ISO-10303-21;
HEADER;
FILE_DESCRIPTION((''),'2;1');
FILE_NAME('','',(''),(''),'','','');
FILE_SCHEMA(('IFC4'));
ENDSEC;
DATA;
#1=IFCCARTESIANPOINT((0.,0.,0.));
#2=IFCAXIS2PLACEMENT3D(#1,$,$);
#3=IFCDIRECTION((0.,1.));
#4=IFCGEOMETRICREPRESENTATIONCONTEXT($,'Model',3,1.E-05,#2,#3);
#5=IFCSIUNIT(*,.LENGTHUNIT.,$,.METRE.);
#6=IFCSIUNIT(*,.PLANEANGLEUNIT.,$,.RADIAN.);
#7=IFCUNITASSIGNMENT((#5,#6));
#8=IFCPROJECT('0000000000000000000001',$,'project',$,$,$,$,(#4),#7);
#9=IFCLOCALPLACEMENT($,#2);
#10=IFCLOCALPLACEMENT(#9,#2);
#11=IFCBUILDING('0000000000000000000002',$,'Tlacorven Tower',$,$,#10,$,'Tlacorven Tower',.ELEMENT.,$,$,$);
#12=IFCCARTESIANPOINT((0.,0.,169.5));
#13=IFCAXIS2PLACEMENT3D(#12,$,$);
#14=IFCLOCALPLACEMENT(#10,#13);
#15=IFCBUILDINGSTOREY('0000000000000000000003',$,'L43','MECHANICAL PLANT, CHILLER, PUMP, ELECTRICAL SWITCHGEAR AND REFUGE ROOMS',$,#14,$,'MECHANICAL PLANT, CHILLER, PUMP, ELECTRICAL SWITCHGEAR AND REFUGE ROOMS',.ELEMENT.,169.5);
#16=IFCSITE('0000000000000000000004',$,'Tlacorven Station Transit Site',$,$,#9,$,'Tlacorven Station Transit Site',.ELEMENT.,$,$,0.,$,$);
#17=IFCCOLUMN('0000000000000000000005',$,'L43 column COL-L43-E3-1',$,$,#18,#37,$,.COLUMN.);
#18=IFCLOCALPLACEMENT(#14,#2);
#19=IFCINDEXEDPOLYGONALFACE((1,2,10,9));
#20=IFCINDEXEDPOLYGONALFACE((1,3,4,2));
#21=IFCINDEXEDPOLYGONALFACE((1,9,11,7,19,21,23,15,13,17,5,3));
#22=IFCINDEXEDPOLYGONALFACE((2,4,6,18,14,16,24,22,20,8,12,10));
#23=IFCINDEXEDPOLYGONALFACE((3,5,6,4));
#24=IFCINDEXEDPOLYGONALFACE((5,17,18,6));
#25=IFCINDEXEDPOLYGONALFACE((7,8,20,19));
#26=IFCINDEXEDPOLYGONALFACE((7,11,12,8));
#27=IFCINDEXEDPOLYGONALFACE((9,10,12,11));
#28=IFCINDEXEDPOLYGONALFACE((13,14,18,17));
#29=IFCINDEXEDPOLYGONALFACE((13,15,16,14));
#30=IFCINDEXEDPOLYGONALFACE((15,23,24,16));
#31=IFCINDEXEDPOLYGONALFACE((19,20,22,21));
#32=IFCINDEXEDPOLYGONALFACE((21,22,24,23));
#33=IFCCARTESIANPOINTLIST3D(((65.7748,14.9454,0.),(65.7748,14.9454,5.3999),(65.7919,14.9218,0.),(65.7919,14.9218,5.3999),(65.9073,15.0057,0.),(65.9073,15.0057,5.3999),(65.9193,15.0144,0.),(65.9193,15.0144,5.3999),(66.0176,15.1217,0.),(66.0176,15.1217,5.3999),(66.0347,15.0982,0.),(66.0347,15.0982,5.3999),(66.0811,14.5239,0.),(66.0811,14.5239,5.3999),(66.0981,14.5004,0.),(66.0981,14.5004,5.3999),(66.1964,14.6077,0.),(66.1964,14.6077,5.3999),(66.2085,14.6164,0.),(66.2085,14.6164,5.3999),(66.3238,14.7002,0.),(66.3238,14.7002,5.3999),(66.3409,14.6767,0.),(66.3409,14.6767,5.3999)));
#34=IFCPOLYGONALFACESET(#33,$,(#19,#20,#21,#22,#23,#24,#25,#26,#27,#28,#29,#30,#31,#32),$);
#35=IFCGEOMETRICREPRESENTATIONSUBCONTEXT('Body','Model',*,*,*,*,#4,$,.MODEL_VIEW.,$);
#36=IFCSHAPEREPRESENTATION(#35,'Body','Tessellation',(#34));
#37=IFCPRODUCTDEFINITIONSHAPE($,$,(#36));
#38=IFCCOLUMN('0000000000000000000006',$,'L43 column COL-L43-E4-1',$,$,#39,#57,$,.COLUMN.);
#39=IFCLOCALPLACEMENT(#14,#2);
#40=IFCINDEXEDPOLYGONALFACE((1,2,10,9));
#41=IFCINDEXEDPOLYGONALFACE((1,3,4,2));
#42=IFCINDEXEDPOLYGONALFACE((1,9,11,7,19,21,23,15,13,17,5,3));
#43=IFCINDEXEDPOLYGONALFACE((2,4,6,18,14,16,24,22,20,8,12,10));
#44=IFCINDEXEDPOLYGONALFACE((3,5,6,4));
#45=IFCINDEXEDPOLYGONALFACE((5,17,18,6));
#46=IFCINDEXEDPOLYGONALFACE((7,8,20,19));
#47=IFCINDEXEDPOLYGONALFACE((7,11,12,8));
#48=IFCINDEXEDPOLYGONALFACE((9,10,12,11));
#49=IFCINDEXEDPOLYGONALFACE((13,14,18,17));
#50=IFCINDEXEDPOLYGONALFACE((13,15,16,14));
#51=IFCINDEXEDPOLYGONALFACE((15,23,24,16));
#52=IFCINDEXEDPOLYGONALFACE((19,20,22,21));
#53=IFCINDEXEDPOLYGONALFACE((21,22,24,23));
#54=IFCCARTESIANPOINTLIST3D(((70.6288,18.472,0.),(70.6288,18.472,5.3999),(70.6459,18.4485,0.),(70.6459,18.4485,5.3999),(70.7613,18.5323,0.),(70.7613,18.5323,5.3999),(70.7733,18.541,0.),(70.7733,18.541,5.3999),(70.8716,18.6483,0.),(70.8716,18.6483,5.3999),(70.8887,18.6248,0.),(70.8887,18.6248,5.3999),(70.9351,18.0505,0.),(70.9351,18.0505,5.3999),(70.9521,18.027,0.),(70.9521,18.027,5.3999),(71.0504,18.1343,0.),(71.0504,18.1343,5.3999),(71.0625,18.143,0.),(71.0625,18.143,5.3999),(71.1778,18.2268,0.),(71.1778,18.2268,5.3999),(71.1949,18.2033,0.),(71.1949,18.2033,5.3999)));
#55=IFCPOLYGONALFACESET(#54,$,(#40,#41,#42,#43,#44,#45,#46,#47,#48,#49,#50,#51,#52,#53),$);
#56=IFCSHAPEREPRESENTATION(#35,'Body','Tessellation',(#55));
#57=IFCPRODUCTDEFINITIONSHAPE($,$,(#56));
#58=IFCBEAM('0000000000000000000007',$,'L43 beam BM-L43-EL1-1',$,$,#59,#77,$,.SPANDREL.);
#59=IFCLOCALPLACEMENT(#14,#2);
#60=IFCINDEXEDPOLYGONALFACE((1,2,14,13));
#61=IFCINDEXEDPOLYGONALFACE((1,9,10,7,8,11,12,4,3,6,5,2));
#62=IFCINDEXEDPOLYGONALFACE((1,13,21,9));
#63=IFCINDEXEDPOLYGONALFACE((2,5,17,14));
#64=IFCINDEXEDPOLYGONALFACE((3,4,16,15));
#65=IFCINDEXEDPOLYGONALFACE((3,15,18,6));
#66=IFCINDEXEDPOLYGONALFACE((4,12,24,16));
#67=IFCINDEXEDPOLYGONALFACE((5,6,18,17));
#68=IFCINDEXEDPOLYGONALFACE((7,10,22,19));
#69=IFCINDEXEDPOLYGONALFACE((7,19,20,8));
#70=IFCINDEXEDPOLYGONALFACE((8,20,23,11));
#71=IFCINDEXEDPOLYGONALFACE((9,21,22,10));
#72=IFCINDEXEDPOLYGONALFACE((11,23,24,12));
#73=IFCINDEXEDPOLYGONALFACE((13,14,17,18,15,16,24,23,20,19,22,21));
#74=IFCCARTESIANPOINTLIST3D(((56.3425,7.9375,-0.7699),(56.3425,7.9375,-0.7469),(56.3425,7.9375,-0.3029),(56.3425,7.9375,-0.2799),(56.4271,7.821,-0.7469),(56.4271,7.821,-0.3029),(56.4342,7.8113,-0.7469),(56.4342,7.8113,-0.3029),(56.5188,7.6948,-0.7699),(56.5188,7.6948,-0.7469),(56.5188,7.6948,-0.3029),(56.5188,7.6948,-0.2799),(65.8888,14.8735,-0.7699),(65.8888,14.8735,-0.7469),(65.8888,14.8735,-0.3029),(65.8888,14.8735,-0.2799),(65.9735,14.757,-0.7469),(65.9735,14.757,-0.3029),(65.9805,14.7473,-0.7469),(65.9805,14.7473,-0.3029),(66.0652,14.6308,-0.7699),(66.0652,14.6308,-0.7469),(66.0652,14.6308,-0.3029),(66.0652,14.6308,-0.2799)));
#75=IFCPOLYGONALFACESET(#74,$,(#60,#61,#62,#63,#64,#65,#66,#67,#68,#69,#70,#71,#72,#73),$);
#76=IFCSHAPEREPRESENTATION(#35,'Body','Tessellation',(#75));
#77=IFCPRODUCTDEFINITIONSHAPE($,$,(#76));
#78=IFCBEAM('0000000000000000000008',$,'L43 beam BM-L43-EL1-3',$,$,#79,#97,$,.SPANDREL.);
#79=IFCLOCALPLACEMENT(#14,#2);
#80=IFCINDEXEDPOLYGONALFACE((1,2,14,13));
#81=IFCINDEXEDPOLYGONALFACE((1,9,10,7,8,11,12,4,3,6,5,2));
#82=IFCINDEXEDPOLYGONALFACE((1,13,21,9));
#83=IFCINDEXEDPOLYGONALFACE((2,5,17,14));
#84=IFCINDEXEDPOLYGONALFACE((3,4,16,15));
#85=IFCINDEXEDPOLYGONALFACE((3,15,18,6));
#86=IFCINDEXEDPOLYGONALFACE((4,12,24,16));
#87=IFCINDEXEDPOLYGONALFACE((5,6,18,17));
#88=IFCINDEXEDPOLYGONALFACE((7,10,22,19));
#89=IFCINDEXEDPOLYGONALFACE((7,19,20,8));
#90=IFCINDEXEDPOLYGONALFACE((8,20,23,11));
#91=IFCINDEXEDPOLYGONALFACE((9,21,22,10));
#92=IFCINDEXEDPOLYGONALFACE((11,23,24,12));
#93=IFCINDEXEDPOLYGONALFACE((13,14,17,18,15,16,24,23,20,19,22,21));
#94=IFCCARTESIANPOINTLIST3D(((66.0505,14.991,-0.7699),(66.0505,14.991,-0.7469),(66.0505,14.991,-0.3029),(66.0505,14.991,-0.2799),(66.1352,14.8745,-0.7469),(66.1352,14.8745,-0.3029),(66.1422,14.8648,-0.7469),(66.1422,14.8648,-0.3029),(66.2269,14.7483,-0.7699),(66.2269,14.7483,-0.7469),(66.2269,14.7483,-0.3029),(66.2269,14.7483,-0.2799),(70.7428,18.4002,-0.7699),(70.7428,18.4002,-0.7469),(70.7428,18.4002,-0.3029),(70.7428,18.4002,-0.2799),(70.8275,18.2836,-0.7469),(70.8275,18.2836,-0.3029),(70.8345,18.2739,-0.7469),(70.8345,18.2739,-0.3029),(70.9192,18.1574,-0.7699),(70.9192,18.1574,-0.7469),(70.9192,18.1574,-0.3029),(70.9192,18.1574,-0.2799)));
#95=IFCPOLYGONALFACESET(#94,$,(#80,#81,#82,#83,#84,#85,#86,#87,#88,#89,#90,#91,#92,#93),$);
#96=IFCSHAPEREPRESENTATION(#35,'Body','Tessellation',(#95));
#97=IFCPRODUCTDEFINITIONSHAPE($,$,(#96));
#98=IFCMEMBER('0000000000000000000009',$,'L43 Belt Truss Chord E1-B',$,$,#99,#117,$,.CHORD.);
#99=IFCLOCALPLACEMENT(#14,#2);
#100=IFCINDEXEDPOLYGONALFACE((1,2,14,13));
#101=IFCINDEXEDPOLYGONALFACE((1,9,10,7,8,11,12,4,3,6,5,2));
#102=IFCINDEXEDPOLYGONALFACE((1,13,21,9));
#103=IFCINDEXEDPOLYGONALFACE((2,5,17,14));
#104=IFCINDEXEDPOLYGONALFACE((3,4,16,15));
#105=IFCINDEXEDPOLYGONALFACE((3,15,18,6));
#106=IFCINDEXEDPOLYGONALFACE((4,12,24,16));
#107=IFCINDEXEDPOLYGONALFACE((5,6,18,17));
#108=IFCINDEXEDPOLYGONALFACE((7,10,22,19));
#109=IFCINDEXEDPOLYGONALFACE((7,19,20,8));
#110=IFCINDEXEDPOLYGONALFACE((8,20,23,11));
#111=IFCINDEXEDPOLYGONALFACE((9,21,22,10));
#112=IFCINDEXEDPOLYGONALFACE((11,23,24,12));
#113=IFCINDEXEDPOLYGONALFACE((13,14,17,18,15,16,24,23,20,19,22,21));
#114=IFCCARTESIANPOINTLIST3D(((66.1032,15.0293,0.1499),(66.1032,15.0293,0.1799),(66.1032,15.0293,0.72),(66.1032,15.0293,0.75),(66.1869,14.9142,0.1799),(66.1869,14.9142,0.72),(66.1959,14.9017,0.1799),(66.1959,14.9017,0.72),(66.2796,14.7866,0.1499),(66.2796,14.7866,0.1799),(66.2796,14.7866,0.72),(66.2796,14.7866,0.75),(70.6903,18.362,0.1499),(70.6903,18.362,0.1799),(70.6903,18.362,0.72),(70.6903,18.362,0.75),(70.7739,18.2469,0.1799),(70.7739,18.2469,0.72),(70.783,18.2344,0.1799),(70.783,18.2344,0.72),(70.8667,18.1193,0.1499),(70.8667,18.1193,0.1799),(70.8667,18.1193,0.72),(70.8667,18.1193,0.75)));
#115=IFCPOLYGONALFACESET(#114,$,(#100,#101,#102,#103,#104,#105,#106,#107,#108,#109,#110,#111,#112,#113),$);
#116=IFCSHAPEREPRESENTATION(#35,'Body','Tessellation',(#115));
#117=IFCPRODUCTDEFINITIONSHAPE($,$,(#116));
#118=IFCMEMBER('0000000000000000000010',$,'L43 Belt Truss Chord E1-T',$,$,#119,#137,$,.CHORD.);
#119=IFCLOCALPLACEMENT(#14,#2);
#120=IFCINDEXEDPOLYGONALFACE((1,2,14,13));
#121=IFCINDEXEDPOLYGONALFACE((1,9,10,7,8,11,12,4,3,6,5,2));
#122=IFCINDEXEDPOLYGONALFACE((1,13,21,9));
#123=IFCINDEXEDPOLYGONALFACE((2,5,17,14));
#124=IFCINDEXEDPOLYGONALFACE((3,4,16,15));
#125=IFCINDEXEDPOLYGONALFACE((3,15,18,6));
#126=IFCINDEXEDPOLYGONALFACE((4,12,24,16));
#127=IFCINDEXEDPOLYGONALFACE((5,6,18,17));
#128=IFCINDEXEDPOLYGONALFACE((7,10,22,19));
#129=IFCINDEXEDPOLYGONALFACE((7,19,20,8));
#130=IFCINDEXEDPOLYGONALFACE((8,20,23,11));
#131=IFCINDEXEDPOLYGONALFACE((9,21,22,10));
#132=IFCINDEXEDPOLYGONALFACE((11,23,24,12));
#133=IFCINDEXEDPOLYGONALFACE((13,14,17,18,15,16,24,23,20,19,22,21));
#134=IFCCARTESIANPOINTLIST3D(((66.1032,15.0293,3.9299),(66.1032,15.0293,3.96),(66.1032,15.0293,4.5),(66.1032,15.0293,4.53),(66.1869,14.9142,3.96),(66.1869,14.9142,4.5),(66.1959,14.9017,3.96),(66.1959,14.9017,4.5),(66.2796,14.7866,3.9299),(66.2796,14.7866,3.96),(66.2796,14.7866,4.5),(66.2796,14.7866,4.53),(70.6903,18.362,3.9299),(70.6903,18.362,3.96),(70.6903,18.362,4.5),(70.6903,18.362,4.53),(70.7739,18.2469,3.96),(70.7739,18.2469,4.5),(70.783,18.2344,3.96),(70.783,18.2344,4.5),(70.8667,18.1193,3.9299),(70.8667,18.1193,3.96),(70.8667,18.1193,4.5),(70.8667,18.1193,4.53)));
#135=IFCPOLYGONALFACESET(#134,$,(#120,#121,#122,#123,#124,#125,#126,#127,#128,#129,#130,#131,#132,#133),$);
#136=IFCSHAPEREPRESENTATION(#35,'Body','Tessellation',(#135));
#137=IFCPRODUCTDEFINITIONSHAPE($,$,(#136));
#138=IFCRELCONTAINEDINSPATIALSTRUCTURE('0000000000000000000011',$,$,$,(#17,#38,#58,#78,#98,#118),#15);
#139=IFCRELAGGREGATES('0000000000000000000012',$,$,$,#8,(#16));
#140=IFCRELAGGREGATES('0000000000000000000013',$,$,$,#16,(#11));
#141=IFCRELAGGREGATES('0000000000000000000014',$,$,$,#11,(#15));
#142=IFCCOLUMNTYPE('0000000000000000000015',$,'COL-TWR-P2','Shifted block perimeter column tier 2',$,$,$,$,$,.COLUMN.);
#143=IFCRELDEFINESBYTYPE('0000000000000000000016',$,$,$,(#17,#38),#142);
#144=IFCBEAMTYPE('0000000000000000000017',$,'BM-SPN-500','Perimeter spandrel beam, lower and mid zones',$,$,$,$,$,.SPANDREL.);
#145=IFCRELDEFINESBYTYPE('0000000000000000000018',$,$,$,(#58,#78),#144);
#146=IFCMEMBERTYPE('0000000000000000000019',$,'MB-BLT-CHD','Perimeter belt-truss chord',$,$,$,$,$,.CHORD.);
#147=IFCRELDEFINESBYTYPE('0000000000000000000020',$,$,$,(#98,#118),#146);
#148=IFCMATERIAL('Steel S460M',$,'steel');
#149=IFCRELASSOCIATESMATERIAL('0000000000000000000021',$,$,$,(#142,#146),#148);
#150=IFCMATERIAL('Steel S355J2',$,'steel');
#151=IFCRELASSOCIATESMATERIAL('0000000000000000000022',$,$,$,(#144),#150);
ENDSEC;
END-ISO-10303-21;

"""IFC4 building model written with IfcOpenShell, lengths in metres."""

from ifc_helpers import new_model, si_unit, direction, frame, origin, origin_2d, place, context, subcontext, project, spatial, i_section, extrude, source, transform, mapped, material, material_profile, profile_set, type_object, element, save


model = new_model("IFC4")

# Units and contexts
model_context = context("Model", 3, precision=1e-05, world=origin(), true_north=direction((0.0, 1.0)))
body_context = subcontext(model_context, "Body", "Model", "MODEL_VIEW")
ifc_project = project(units=[si_unit("LENGTHUNIT", "METRE"), si_unit("PLANEANGLEUNIT", "RADIAN")], contexts=[model_context])

# Site, building, storey
site_placement = place(None, origin())
site = spatial("IfcSite", under=ifc_project, at=site_placement, Name="Tlacorven Station Transit Site", LongName="Tlacorven Station Transit Site", CompositionType="ELEMENT", RefElevation=0.0)
building_placement = place(site_placement, origin())
building = spatial("IfcBuilding", under=site, at=building_placement, Name="Tlacorven Tower", LongName="Tlacorven Tower", CompositionType="ELEMENT")
storey_placement = place(building_placement, frame((0.0, 0.0, 169.5)))
storey = spatial("IfcBuildingStorey", under=building, at=storey_placement, Name="L43", Description="MECHANICAL PLANT, CHILLER, PUMP, ELECTRICAL SWITCHGEAR AND REFUGE ROOMS", LongName="MECHANICAL PLANT, CHILLER, PUMP, ELECTRICAL SWITCHGEAR AND REFUGE ROOMS", CompositionType="ELEMENT", Elevation=169.5)

# Columns
ifc_material_1 = material(Name="Steel S460M", Category="steel")
ifc_material_profile_1 = material_profile(ifc_material_1, i_section(OverallWidth=0.3, OverallDepth=0.55, WebThickness=0.0149, FlangeThickness=0.0291, at=origin_2d()), Name="HEB 550")
ifc_profile_set_1 = profile_set([ifc_material_profile_1], Name="Steel S460M")
column_type = type_object("IfcColumnType", Name="COL-TWR-P2", Description="Shifted block perimeter column tier 2", PredefinedType="COLUMN", material=ifc_profile_set_1)
shared_shape_1 = source(origin(), body_context, "Body", "SweptSolid", [
    extrude(i_section(OverallWidth=0.3, OverallDepth=0.55, WebThickness=0.0149, FlangeThickness=0.0291, at=origin_2d()), origin(), (0.0, 0.0, 1.0), 5.3999),
])
for number, where, z_axis, x_axis, name in (
    (1, (66.0579, 14.811, 0.0), (0.0, 0.0, 1.0), (0.809017, 0.587785, 0.0), "L43 column COL-L43-E3-1"),
    (2, (70.9119, 18.3376, 0.0), (0.0, 0.0, 1.0), (0.809017, 0.587785, 0.0), "L43 column COL-L43-E4-1"),
):
    element("IfcColumn", number, at=place(storey_placement, frame(where, z_axis=z_axis, x_axis=x_axis)), inside=storey, type_object=column_type, Name=name, PredefinedType="COLUMN", context=body_context, shape_type="MappedRepresentation", body=[
        mapped(shared_shape_1, transform((0.0, 0.0, 0.0), scale=1.0)),
    ])

# Beams
ifc_material_2 = material(Name="Steel S355J2", Category="steel")
ifc_material_profile_2 = material_profile(ifc_material_2, i_section(OverallWidth=0.3, OverallDepth=0.49, WebThickness=0.012, FlangeThickness=0.0229, at=origin_2d()), Name="HEA 500")
ifc_profile_set_2 = profile_set([ifc_material_profile_2], Name="Steel S355J2")
beam_type_1 = type_object("IfcBeamType", Name="BM-SPN-500", Description="Perimeter spandrel beam, lower and mid zones", PredefinedType="SPANDREL", material=ifc_profile_set_2)
shared_shape_2 = source(origin(), body_context, "Body", "SweptSolid", [
    extrude(i_section(OverallWidth=0.3, OverallDepth=0.49, WebThickness=0.012, FlangeThickness=0.0229, at=origin_2d()), origin(), (0.0, 0.0, 1.0), 11.8),
])
beam_1_placement = place(storey_placement, frame((56.4307, 7.8162, -0.5249), z_axis=(0.80901, 0.587795, 0.0), x_axis=(-0.587795, 0.80901, 0.0)))
element("IfcBeam", 3, at=beam_1_placement, inside=storey, type_object=beam_type_1, Name="L43 beam BM-L43-EL1-1", PredefinedType="SPANDREL", context=body_context, shape_type="MappedRepresentation", body=[
    mapped(shared_shape_2, transform((0.0, 0.0, 0.0), scale=1.0)),
])
shared_shape_3 = source(origin(), body_context, "Body", "SweptSolid", [
    extrude(i_section(OverallWidth=0.3, OverallDepth=0.49, WebThickness=0.012, FlangeThickness=0.0229, at=origin_2d()), origin(), (0.0, 0.0, 1.0), 5.8),
])
beam_2_placement = place(storey_placement, frame((66.1387, 14.8696, -0.5249), z_axis=(0.80902, 0.587781, 0.0), x_axis=(-0.587781, 0.80902, 0.0)))
element("IfcBeam", 4, at=beam_2_placement, inside=storey, type_object=beam_type_1, Name="L43 beam BM-L43-EL1-3", PredefinedType="SPANDREL", context=body_context, shape_type="MappedRepresentation", body=[
    mapped(shared_shape_3, transform((0.0, 0.0, 0.0), scale=1.0)),
])

# Members
ifc_material_profile_3 = material_profile(ifc_material_1, i_section(OverallWidth=0.3, OverallDepth=0.6001, WebThickness=0.0154, FlangeThickness=0.03, at=origin_2d()), Name="HEB 600")
ifc_profile_set_3 = profile_set([ifc_material_profile_3], Name="Steel S460M")
member_type_1 = type_object("IfcMemberType", Name="MB-BLT-CHD", Description="Perimeter belt-truss chord", PredefinedType="CHORD", material=ifc_profile_set_3)
shared_shape_4 = source(origin(), body_context, "Body", "SweptSolid", [
    extrude(i_section(OverallWidth=0.3, OverallDepth=0.6001, WebThickness=0.0154, FlangeThickness=0.03, at=origin_2d()), origin(), (0.0, 0.0, 1.0), 5.6699),
])
for number, where, z_axis, x_axis, name in (
    (5, (66.1914, 14.908, 0.45), (0.809017, 0.587785, 0.0), (-0.587785, 0.809017, 0.0), "L43 Belt Truss Chord E1-B"),
    (6, (66.1914, 14.908, 4.23), (0.809017, 0.587785, 0.0), (-0.587785, 0.809017, 0.0), "L43 Belt Truss Chord E1-T"),
):
    element("IfcMember", number, at=place(storey_placement, frame(where, z_axis=z_axis, x_axis=x_axis)), inside=storey, type_object=member_type_1, Name=name, PredefinedType="CHORD", context=body_context, shape_type="MappedRepresentation", body=[
        mapped(shared_shape_4, transform((0.0, 0.0, 0.0), scale=1.0)),
    ])

save(model, "model.ifc")
